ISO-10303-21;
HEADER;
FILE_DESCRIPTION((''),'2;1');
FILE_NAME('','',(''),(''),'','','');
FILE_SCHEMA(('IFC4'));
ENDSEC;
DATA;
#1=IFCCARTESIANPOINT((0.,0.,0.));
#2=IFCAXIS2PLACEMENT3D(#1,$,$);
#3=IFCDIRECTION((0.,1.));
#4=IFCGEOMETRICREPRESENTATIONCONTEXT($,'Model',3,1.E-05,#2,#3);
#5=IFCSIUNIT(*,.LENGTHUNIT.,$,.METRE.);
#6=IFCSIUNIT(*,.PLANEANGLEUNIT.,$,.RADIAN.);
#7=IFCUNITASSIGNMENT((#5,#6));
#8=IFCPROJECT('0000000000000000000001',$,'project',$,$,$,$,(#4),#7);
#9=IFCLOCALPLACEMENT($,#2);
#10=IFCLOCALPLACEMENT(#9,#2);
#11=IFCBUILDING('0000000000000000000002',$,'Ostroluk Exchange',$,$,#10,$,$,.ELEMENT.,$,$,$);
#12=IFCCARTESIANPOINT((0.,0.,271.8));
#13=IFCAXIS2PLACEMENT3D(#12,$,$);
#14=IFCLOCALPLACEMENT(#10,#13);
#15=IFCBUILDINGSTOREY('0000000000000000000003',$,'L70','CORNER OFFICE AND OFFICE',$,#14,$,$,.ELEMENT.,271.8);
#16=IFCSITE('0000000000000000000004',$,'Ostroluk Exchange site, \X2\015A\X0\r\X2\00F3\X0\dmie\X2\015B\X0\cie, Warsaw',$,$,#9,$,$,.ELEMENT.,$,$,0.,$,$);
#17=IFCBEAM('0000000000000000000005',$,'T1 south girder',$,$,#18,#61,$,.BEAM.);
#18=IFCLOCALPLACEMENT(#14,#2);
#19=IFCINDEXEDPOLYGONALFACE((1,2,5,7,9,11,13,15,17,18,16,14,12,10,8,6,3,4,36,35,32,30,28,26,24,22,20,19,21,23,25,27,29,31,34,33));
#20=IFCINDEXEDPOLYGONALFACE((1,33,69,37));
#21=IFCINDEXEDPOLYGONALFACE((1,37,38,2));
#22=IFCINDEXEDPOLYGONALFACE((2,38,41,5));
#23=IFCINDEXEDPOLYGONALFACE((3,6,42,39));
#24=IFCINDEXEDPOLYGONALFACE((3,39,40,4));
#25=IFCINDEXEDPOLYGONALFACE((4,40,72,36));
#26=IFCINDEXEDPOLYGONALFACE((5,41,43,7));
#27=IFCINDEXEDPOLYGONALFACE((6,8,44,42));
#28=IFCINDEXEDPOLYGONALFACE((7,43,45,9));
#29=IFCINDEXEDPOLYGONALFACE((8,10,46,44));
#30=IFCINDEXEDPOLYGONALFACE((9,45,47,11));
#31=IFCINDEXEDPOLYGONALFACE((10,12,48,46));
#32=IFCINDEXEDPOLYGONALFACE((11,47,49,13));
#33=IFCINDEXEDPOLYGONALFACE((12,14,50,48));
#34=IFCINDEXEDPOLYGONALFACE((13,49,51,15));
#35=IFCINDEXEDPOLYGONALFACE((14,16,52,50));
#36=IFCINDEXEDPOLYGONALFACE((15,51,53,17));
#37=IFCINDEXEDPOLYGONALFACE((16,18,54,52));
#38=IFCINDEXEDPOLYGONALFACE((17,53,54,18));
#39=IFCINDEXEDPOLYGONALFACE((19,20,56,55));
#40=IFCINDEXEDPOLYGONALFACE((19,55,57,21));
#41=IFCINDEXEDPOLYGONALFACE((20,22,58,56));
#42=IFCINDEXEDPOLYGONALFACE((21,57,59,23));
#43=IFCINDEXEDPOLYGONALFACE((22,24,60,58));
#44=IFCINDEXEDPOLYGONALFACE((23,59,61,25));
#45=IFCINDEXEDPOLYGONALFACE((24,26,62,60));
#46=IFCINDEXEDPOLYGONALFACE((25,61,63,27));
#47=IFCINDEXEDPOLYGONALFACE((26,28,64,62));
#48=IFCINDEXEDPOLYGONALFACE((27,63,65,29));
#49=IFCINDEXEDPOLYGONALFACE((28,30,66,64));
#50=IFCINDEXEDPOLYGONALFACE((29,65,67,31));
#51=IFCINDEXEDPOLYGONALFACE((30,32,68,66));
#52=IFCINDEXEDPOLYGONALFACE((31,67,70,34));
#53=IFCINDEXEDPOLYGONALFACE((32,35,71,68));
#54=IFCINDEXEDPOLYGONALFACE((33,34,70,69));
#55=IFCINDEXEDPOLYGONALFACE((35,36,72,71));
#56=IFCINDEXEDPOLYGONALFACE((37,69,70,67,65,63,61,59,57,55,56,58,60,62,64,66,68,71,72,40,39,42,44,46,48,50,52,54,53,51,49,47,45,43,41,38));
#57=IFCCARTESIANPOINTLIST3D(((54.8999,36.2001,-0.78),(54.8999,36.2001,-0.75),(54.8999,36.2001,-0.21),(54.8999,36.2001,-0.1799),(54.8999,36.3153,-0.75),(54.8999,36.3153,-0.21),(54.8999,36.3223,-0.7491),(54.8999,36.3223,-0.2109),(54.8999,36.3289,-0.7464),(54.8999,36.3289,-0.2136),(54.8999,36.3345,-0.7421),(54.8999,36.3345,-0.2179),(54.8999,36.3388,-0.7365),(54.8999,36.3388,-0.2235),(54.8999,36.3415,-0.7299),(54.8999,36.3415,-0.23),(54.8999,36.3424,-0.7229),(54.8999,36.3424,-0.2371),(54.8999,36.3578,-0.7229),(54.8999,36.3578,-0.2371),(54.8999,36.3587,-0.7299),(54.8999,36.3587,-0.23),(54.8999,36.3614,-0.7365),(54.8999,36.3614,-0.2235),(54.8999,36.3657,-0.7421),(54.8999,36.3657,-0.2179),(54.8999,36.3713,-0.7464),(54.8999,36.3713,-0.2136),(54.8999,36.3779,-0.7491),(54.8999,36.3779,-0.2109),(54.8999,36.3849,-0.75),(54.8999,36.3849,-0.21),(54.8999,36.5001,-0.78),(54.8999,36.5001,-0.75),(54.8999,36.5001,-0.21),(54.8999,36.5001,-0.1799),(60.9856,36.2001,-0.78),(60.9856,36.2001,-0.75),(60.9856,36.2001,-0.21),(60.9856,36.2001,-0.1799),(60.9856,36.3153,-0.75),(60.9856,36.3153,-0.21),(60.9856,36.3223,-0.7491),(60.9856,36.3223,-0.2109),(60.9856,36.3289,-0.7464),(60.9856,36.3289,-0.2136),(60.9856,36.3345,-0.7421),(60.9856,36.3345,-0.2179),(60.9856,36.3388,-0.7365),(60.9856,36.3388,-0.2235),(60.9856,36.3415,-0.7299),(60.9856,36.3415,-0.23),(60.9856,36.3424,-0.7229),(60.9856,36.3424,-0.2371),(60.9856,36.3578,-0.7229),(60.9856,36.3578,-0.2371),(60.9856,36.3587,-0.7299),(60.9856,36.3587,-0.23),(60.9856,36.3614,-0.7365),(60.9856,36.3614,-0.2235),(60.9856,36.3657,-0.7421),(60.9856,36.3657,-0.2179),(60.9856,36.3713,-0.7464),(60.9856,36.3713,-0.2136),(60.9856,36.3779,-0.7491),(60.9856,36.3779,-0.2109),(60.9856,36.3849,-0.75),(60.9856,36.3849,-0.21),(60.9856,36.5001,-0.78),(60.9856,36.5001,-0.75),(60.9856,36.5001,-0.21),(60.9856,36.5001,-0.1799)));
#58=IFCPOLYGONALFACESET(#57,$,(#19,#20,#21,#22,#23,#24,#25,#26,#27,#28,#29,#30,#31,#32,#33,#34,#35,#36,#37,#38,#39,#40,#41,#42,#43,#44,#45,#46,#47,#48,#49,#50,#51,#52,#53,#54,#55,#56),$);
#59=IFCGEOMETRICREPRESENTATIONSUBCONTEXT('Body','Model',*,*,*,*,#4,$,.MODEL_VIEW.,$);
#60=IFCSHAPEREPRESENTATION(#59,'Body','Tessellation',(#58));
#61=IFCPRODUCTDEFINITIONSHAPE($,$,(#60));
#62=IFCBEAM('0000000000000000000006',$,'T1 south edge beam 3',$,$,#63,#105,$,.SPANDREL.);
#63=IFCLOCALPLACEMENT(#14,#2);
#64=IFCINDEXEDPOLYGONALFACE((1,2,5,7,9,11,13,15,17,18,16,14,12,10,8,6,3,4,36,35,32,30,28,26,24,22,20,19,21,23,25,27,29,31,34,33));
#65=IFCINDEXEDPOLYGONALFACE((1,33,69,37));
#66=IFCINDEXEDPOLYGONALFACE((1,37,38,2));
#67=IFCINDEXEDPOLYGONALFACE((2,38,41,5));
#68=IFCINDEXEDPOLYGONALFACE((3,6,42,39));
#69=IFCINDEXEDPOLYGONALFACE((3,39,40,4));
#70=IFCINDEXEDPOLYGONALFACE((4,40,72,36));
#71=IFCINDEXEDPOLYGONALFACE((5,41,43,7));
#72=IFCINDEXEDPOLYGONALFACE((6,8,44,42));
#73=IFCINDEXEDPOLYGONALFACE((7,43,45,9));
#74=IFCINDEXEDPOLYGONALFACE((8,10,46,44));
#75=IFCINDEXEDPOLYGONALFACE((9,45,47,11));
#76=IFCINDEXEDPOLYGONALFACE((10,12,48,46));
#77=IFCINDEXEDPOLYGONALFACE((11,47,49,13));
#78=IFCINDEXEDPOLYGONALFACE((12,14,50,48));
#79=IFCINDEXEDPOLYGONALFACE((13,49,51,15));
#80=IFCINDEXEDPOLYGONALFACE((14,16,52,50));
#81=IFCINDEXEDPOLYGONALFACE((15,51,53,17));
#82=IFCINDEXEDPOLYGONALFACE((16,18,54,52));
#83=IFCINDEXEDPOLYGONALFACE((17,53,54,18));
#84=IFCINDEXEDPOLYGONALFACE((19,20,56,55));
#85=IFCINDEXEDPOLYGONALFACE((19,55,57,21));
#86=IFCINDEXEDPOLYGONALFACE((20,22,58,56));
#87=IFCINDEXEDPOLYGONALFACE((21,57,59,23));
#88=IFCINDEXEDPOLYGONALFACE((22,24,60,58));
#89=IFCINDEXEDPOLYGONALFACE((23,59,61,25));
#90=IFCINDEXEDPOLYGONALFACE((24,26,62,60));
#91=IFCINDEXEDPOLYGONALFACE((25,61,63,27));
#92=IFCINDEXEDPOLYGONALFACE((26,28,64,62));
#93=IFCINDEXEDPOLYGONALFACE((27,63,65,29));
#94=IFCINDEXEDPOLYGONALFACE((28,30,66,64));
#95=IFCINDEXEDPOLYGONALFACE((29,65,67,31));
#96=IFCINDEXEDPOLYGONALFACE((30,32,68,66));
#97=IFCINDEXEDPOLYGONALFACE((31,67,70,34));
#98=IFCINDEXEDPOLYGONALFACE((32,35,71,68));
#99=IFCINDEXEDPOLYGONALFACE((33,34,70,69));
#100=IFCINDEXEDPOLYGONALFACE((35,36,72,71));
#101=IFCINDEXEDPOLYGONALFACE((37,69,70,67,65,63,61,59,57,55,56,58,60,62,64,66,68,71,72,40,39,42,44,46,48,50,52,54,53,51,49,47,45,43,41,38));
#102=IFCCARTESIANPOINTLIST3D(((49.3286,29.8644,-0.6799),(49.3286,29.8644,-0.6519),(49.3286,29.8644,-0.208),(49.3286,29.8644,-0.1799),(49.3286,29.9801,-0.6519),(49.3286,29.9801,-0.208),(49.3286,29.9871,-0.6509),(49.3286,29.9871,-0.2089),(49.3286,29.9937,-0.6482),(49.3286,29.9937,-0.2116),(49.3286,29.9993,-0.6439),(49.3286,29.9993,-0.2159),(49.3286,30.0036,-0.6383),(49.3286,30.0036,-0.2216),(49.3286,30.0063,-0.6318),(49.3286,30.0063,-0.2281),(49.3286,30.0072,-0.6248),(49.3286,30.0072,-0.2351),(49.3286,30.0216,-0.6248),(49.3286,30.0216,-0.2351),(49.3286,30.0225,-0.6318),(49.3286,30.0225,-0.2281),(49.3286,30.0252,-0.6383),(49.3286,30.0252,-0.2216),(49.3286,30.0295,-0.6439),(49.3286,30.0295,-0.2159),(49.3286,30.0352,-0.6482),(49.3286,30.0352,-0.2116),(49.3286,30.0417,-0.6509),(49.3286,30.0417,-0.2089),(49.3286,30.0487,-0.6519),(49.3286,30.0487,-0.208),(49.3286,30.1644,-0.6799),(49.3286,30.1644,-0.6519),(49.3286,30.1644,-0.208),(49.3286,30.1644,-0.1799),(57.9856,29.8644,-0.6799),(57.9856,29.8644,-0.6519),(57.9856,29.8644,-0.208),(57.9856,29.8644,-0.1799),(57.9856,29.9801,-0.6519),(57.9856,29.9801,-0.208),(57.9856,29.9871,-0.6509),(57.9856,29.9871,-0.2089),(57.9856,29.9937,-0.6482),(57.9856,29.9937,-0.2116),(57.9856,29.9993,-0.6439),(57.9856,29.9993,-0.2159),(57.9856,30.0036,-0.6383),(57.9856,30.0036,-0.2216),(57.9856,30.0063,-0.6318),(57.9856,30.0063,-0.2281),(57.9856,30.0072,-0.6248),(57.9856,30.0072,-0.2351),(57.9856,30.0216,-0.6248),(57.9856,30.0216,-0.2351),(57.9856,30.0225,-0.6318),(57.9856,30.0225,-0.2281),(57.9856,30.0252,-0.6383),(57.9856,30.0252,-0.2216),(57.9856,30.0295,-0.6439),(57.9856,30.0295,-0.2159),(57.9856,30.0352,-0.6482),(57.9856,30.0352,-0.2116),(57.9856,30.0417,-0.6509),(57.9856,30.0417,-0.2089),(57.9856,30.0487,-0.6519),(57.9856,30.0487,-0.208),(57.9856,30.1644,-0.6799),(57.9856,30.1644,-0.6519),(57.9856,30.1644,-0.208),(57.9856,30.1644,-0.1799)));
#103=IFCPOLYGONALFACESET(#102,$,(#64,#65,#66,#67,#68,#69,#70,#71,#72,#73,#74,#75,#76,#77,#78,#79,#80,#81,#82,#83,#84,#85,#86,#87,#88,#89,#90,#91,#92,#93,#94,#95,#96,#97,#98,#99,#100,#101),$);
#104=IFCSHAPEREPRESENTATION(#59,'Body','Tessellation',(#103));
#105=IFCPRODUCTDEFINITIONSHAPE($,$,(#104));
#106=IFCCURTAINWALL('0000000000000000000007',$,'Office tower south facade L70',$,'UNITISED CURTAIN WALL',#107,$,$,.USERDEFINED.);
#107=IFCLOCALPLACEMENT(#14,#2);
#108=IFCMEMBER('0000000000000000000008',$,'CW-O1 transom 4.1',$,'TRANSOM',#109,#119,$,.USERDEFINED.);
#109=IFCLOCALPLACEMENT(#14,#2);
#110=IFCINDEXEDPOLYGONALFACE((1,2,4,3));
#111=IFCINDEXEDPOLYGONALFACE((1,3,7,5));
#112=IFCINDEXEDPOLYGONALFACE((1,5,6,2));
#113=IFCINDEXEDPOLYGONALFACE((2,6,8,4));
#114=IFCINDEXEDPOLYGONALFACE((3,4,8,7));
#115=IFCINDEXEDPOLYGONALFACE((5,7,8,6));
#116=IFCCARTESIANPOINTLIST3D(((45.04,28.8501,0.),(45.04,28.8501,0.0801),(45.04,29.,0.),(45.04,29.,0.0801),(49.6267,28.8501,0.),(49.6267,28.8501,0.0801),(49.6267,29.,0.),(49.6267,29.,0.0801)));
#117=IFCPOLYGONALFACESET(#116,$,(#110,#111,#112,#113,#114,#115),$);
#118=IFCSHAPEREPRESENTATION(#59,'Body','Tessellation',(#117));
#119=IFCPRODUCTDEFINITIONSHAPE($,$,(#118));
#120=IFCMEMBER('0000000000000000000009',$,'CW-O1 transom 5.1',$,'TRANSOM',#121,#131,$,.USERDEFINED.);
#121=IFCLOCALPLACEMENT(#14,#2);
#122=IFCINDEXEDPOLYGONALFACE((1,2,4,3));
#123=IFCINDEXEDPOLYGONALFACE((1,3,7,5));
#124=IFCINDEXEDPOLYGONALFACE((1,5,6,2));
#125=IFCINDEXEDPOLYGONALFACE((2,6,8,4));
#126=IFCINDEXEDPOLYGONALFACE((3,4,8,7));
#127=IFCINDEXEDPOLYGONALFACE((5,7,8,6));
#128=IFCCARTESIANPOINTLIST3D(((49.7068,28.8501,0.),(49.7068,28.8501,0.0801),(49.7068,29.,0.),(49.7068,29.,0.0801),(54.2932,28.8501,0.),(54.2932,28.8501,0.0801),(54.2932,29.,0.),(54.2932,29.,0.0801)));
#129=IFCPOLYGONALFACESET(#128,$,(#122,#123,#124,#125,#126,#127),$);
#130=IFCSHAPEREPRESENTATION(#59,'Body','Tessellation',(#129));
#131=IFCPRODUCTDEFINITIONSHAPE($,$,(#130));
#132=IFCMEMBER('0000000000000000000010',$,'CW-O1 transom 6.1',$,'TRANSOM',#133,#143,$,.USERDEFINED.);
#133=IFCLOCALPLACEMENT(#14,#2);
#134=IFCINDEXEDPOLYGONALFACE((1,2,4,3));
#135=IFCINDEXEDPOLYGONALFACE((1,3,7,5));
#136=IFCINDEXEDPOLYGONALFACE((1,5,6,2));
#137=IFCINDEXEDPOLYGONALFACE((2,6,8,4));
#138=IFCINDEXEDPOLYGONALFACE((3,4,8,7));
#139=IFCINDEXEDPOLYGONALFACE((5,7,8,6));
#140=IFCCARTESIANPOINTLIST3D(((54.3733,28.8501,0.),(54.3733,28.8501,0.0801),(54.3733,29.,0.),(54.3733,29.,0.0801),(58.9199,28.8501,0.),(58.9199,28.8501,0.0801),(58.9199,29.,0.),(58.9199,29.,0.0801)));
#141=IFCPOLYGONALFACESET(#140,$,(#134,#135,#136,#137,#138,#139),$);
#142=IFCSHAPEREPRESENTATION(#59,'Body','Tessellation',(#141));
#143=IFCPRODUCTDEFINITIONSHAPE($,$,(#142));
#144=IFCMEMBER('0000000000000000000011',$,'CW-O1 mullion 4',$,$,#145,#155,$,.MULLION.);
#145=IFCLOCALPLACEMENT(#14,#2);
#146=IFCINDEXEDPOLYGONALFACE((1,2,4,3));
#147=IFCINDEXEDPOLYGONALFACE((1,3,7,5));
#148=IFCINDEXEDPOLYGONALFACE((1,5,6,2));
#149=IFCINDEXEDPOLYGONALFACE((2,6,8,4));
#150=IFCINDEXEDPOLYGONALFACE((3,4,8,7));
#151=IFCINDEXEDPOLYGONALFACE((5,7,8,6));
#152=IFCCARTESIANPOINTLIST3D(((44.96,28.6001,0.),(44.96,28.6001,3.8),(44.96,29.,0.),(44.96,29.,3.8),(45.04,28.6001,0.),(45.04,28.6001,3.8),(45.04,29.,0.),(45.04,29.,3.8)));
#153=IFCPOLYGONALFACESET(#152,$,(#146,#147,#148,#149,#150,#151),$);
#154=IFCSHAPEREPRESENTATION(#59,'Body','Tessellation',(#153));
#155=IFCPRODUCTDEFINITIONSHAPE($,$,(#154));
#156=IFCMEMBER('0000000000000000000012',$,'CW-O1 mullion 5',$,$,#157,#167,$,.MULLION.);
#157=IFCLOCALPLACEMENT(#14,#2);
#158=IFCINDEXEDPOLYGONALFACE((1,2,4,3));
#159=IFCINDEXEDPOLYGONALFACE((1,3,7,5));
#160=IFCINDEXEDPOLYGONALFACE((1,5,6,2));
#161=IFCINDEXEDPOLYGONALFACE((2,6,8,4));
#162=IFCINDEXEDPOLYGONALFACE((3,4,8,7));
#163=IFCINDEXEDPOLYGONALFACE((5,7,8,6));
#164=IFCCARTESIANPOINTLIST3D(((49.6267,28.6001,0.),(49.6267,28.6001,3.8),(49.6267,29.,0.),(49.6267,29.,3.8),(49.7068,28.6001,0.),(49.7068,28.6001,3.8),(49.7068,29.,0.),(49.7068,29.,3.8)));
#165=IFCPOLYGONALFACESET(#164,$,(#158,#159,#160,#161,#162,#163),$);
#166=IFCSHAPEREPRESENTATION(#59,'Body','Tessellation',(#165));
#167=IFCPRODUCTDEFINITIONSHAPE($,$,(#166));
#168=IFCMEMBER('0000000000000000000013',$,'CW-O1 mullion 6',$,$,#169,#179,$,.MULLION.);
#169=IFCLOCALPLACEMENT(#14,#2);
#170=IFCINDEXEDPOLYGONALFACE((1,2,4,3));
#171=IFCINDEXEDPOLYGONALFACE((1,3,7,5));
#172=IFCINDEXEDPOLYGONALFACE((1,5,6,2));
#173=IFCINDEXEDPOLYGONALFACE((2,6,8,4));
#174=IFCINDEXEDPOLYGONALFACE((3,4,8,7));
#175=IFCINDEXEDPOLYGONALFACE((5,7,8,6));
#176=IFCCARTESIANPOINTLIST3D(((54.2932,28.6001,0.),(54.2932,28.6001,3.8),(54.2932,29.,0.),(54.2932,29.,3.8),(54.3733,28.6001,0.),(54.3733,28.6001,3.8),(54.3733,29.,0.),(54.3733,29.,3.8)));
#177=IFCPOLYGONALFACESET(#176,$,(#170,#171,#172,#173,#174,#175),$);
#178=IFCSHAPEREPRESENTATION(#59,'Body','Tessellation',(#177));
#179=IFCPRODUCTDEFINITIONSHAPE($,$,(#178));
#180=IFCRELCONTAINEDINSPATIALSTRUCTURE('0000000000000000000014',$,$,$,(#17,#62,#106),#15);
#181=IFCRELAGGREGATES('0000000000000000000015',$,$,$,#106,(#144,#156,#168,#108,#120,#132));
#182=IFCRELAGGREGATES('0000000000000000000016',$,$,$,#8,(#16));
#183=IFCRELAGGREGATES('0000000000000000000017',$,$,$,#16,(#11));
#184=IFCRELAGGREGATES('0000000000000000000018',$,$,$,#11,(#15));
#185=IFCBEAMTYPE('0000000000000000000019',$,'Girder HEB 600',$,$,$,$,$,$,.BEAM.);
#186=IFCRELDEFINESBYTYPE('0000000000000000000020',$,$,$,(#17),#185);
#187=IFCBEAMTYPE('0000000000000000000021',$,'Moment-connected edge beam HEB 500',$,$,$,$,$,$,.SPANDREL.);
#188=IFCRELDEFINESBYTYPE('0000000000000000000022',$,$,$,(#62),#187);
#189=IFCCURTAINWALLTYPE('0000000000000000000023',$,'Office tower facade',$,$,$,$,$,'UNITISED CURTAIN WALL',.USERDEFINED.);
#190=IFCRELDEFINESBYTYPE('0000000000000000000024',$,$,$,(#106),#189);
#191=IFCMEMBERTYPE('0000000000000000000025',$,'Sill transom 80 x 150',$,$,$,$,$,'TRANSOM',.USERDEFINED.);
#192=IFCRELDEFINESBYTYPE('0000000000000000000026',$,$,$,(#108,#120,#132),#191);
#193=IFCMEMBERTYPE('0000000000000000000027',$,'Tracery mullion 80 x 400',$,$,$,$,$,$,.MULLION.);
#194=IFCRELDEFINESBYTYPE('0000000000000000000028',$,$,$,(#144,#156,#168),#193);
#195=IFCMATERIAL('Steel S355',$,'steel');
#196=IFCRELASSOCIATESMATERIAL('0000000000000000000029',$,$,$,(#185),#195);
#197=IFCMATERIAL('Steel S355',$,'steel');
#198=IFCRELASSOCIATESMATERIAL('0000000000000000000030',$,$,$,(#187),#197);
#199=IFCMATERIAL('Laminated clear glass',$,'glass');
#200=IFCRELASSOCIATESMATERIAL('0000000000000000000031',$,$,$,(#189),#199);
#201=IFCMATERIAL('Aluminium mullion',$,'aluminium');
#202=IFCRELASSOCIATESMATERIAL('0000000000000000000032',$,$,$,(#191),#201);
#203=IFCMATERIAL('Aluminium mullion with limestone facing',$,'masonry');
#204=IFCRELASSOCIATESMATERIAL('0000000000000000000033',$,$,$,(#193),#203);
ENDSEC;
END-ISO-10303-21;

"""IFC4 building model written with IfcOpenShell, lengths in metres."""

from ifc_helpers import new_model, si_unit, direction, frame, origin, origin_2d, place, context, subcontext, project, spatial, rectangle, i_section, extrude, material, material_profile, profile_set, type_object, element, aggregate, save


model = new_model("IFC4")

# Units and contexts
model_context = context("Model", 3, precision=1e-05, world=origin(), true_north=direction((0.0, 1.0)))
body_context = subcontext(model_context, "Body", "Model", "MODEL_VIEW")
ifc_project = project(units=[si_unit("LENGTHUNIT", "METRE"), si_unit("PLANEANGLEUNIT", "RADIAN")], contexts=[model_context])

# Site, building, storey
site_placement = place(None, origin())
site = spatial("IfcSite", under=ifc_project, at=site_placement, Name="Ostroluk Exchange site, Śródmieście, Warsaw", CompositionType="ELEMENT", RefElevation=0.0)
building_placement = place(site_placement, origin())
building = spatial("IfcBuilding", under=site, at=building_placement, Name="Ostroluk Exchange", CompositionType="ELEMENT")
storey_placement = place(building_placement, frame((0.0, 0.0, 271.8)))
storey = spatial("IfcBuildingStorey", under=building, at=storey_placement, Name="L70", Description="CORNER OFFICE AND OFFICE", CompositionType="ELEMENT", Elevation=271.8)

# Beams
ifc_material_1 = material(Name="Steel S355", Category="steel")
ifc_material_profile_1 = material_profile(ifc_material_1, i_section(OverallWidth=0.3, OverallDepth=0.6001, WebThickness=0.0154, FlangeThickness=0.03, FilletRadius=0.0271, at=origin_2d()), Name="HEB 600")
ifc_profile_set_1 = profile_set([ifc_material_profile_1], Name="Steel S355")
beam_type_1 = type_object("IfcBeamType", Name="Girder HEB 600", PredefinedType="BEAM", material=ifc_profile_set_1)
beam_1_placement = place(storey_placement, frame((54.8999, 36.3501, -0.48), z_axis=(1.0, 0.0, 0.0), x_axis=(0.0, 1.0, 0.0)))
element("IfcBeam", 1, at=beam_1_placement, inside=storey, type_object=beam_type_1, Name="T1 south girder", PredefinedType="BEAM", context=body_context, shape_type="SweptSolid", body=[
    extrude(i_section(OverallWidth=0.3, OverallDepth=0.6001, WebThickness=0.0154, FlangeThickness=0.03, FilletRadius=0.0271, at=origin_2d()), origin(), (0.0, 0.0, 1.0), 6.0857),
])
ifc_material_2 = material(Name="Steel S355", Category="steel")
ifc_material_profile_2 = material_profile(ifc_material_2, i_section(OverallWidth=0.3, OverallDepth=0.5, WebThickness=0.0144, FlangeThickness=0.0281, FilletRadius=0.0271, at=origin_2d()), Name="HEB 500")
ifc_profile_set_2 = profile_set([ifc_material_profile_2], Name="Steel S355")
beam_type_2 = type_object("IfcBeamType", Name="Moment-connected edge beam HEB 500", PredefinedType="SPANDREL", material=ifc_profile_set_2)
beam_2_placement = place(storey_placement, frame((49.3286, 30.0144, -0.4299), z_axis=(1.0, 0.0, 0.0), x_axis=(0.0, 1.0, 0.0)))
element("IfcBeam", 2, at=beam_2_placement, inside=storey, type_object=beam_type_2, Name="T1 south edge beam 3", PredefinedType="SPANDREL", context=body_context, shape_type="SweptSolid", body=[
    extrude(i_section(OverallWidth=0.3, OverallDepth=0.5, WebThickness=0.0144, FlangeThickness=0.0281, FilletRadius=0.0271, at=origin_2d()), origin(), (0.0, 0.0, 1.0), 8.657),
])

# Curtain wall, members
ifc_material_3 = material(Name="Laminated clear glass", Category="glass")
curtain_wall_type = type_object("IfcCurtainWallType", Name="Office tower facade", ElementType="UNITISED CURTAIN WALL", PredefinedType="USERDEFINED", material=ifc_material_3)
curtain_wall_placement = place(storey_placement, origin())
curtain_wall = element("IfcCurtainWall", 3, at=curtain_wall_placement, inside=storey, type_object=curtain_wall_type, Name="Office tower south facade L70", ObjectType="UNITISED CURTAIN WALL", PredefinedType="USERDEFINED")
ifc_material_4 = material(Name="Aluminium mullion", Category="aluminium")
ifc_material_profile_3 = material_profile(ifc_material_4, rectangle(XDim=0.1499, YDim=0.0801, at=origin_2d()), Name="Sill transom 80 x 150")
ifc_profile_set_3 = profile_set([ifc_material_profile_3], Name="Aluminium mullion")
member_type_1 = type_object("IfcMemberType", Name="Sill transom 80 x 150", ElementType="TRANSOM", PredefinedType="USERDEFINED", material=ifc_profile_set_3)
member_1_placement = place(storey_placement, frame((45.04, 28.925, 0.04), z_axis=(1.0, 0.0, 0.0), x_axis=(0.0, 1.0, 0.0)))
member_1 = element("IfcMember", 4, at=member_1_placement, type_object=member_type_1, Name="CW-O1 transom 4.1", ObjectType="TRANSOM", PredefinedType="USERDEFINED", context=body_context, shape_type="SweptSolid", body=[
    extrude(rectangle(XDim=0.1499, YDim=0.0801, at=origin_2d()), origin(), (0.0, 0.0, 1.0), 4.5867),
])
member_2_placement = place(storey_placement, frame((49.7068, 28.925, 0.04), z_axis=(1.0, 0.0, 0.0), x_axis=(0.0, 1.0, 0.0)))
member_2 = element("IfcMember", 5, at=member_2_placement, type_object=member_type_1, Name="CW-O1 transom 5.1", ObjectType="TRANSOM", PredefinedType="USERDEFINED", context=body_context, shape_type="SweptSolid", body=[
    extrude(rectangle(XDim=0.1499, YDim=0.0801, at=origin_2d()), origin(), (0.0, 0.0, 1.0), 4.5864),
])
member_3_placement = place(storey_placement, frame((54.3733, 28.925, 0.04), z_axis=(1.0, 0.0, 0.0), x_axis=(0.0, 1.0, 0.0)))
member_3 = element("IfcMember", 6, at=member_3_placement, type_object=member_type_1, Name="CW-O1 transom 6.1", ObjectType="TRANSOM", PredefinedType="USERDEFINED", context=body_context, shape_type="SweptSolid", body=[
    extrude(rectangle(XDim=0.1499, YDim=0.0801, at=origin_2d()), origin(), (0.0, 0.0, 1.0), 4.5466),
])
ifc_material_5 = material(Name="Aluminium mullion with limestone facing", Category="masonry")
ifc_material_profile_4 = material_profile(ifc_material_5, rectangle(XDim=0.3999, YDim=0.0801, at=origin_2d()), Name="Tracery mullion 80 x 400")
ifc_profile_set_4 = profile_set([ifc_material_profile_4], Name="Aluminium mullion with limestone facing")
member_type_2 = type_object("IfcMemberType", Name="Tracery mullion 80 x 400", PredefinedType="MULLION", material=ifc_profile_set_4)
member_4_placement = place(storey_placement, frame((45.0, 28.8, 0.0), z_axis=(0.0, 0.0, 1.0), x_axis=(0.0, 1.0, 0.0)))
member_4 = element("IfcMember", 7, at=member_4_placement, type_object=member_type_2, Name="CW-O1 mullion 4", PredefinedType="MULLION", context=body_context, shape_type="SweptSolid", body=[
    extrude(rectangle(XDim=0.3999, YDim=0.0801, at=origin_2d()), origin(), (0.0, 0.0, 1.0), 3.8),
])
member_5_placement = place(storey_placement, frame((49.6667, 28.8, 0.0), z_axis=(0.0, 0.0, 1.0), x_axis=(0.0, 1.0, 0.0)))
member_5 = element("IfcMember", 8, at=member_5_placement, type_object=member_type_2, Name="CW-O1 mullion 5", PredefinedType="MULLION", context=body_context, shape_type="SweptSolid", body=[
    extrude(rectangle(XDim=0.3999, YDim=0.0801, at=origin_2d()), origin(), (0.0, 0.0, 1.0), 3.8),
])
member_6_placement = place(storey_placement, frame((54.3333, 28.8, 0.0), z_axis=(0.0, 0.0, 1.0), x_axis=(0.0, 1.0, 0.0)))
member_6 = element("IfcMember", 9, at=member_6_placement, type_object=member_type_2, Name="CW-O1 mullion 6", PredefinedType="MULLION", context=body_context, shape_type="SweptSolid", body=[
    extrude(rectangle(XDim=0.3999, YDim=0.0801, at=origin_2d()), origin(), (0.0, 0.0, 1.0), 3.8),
])
aggregate(curtain_wall, [member_4, member_5, member_6, member_1, member_2, member_3])

save(model, "model.ifc")
